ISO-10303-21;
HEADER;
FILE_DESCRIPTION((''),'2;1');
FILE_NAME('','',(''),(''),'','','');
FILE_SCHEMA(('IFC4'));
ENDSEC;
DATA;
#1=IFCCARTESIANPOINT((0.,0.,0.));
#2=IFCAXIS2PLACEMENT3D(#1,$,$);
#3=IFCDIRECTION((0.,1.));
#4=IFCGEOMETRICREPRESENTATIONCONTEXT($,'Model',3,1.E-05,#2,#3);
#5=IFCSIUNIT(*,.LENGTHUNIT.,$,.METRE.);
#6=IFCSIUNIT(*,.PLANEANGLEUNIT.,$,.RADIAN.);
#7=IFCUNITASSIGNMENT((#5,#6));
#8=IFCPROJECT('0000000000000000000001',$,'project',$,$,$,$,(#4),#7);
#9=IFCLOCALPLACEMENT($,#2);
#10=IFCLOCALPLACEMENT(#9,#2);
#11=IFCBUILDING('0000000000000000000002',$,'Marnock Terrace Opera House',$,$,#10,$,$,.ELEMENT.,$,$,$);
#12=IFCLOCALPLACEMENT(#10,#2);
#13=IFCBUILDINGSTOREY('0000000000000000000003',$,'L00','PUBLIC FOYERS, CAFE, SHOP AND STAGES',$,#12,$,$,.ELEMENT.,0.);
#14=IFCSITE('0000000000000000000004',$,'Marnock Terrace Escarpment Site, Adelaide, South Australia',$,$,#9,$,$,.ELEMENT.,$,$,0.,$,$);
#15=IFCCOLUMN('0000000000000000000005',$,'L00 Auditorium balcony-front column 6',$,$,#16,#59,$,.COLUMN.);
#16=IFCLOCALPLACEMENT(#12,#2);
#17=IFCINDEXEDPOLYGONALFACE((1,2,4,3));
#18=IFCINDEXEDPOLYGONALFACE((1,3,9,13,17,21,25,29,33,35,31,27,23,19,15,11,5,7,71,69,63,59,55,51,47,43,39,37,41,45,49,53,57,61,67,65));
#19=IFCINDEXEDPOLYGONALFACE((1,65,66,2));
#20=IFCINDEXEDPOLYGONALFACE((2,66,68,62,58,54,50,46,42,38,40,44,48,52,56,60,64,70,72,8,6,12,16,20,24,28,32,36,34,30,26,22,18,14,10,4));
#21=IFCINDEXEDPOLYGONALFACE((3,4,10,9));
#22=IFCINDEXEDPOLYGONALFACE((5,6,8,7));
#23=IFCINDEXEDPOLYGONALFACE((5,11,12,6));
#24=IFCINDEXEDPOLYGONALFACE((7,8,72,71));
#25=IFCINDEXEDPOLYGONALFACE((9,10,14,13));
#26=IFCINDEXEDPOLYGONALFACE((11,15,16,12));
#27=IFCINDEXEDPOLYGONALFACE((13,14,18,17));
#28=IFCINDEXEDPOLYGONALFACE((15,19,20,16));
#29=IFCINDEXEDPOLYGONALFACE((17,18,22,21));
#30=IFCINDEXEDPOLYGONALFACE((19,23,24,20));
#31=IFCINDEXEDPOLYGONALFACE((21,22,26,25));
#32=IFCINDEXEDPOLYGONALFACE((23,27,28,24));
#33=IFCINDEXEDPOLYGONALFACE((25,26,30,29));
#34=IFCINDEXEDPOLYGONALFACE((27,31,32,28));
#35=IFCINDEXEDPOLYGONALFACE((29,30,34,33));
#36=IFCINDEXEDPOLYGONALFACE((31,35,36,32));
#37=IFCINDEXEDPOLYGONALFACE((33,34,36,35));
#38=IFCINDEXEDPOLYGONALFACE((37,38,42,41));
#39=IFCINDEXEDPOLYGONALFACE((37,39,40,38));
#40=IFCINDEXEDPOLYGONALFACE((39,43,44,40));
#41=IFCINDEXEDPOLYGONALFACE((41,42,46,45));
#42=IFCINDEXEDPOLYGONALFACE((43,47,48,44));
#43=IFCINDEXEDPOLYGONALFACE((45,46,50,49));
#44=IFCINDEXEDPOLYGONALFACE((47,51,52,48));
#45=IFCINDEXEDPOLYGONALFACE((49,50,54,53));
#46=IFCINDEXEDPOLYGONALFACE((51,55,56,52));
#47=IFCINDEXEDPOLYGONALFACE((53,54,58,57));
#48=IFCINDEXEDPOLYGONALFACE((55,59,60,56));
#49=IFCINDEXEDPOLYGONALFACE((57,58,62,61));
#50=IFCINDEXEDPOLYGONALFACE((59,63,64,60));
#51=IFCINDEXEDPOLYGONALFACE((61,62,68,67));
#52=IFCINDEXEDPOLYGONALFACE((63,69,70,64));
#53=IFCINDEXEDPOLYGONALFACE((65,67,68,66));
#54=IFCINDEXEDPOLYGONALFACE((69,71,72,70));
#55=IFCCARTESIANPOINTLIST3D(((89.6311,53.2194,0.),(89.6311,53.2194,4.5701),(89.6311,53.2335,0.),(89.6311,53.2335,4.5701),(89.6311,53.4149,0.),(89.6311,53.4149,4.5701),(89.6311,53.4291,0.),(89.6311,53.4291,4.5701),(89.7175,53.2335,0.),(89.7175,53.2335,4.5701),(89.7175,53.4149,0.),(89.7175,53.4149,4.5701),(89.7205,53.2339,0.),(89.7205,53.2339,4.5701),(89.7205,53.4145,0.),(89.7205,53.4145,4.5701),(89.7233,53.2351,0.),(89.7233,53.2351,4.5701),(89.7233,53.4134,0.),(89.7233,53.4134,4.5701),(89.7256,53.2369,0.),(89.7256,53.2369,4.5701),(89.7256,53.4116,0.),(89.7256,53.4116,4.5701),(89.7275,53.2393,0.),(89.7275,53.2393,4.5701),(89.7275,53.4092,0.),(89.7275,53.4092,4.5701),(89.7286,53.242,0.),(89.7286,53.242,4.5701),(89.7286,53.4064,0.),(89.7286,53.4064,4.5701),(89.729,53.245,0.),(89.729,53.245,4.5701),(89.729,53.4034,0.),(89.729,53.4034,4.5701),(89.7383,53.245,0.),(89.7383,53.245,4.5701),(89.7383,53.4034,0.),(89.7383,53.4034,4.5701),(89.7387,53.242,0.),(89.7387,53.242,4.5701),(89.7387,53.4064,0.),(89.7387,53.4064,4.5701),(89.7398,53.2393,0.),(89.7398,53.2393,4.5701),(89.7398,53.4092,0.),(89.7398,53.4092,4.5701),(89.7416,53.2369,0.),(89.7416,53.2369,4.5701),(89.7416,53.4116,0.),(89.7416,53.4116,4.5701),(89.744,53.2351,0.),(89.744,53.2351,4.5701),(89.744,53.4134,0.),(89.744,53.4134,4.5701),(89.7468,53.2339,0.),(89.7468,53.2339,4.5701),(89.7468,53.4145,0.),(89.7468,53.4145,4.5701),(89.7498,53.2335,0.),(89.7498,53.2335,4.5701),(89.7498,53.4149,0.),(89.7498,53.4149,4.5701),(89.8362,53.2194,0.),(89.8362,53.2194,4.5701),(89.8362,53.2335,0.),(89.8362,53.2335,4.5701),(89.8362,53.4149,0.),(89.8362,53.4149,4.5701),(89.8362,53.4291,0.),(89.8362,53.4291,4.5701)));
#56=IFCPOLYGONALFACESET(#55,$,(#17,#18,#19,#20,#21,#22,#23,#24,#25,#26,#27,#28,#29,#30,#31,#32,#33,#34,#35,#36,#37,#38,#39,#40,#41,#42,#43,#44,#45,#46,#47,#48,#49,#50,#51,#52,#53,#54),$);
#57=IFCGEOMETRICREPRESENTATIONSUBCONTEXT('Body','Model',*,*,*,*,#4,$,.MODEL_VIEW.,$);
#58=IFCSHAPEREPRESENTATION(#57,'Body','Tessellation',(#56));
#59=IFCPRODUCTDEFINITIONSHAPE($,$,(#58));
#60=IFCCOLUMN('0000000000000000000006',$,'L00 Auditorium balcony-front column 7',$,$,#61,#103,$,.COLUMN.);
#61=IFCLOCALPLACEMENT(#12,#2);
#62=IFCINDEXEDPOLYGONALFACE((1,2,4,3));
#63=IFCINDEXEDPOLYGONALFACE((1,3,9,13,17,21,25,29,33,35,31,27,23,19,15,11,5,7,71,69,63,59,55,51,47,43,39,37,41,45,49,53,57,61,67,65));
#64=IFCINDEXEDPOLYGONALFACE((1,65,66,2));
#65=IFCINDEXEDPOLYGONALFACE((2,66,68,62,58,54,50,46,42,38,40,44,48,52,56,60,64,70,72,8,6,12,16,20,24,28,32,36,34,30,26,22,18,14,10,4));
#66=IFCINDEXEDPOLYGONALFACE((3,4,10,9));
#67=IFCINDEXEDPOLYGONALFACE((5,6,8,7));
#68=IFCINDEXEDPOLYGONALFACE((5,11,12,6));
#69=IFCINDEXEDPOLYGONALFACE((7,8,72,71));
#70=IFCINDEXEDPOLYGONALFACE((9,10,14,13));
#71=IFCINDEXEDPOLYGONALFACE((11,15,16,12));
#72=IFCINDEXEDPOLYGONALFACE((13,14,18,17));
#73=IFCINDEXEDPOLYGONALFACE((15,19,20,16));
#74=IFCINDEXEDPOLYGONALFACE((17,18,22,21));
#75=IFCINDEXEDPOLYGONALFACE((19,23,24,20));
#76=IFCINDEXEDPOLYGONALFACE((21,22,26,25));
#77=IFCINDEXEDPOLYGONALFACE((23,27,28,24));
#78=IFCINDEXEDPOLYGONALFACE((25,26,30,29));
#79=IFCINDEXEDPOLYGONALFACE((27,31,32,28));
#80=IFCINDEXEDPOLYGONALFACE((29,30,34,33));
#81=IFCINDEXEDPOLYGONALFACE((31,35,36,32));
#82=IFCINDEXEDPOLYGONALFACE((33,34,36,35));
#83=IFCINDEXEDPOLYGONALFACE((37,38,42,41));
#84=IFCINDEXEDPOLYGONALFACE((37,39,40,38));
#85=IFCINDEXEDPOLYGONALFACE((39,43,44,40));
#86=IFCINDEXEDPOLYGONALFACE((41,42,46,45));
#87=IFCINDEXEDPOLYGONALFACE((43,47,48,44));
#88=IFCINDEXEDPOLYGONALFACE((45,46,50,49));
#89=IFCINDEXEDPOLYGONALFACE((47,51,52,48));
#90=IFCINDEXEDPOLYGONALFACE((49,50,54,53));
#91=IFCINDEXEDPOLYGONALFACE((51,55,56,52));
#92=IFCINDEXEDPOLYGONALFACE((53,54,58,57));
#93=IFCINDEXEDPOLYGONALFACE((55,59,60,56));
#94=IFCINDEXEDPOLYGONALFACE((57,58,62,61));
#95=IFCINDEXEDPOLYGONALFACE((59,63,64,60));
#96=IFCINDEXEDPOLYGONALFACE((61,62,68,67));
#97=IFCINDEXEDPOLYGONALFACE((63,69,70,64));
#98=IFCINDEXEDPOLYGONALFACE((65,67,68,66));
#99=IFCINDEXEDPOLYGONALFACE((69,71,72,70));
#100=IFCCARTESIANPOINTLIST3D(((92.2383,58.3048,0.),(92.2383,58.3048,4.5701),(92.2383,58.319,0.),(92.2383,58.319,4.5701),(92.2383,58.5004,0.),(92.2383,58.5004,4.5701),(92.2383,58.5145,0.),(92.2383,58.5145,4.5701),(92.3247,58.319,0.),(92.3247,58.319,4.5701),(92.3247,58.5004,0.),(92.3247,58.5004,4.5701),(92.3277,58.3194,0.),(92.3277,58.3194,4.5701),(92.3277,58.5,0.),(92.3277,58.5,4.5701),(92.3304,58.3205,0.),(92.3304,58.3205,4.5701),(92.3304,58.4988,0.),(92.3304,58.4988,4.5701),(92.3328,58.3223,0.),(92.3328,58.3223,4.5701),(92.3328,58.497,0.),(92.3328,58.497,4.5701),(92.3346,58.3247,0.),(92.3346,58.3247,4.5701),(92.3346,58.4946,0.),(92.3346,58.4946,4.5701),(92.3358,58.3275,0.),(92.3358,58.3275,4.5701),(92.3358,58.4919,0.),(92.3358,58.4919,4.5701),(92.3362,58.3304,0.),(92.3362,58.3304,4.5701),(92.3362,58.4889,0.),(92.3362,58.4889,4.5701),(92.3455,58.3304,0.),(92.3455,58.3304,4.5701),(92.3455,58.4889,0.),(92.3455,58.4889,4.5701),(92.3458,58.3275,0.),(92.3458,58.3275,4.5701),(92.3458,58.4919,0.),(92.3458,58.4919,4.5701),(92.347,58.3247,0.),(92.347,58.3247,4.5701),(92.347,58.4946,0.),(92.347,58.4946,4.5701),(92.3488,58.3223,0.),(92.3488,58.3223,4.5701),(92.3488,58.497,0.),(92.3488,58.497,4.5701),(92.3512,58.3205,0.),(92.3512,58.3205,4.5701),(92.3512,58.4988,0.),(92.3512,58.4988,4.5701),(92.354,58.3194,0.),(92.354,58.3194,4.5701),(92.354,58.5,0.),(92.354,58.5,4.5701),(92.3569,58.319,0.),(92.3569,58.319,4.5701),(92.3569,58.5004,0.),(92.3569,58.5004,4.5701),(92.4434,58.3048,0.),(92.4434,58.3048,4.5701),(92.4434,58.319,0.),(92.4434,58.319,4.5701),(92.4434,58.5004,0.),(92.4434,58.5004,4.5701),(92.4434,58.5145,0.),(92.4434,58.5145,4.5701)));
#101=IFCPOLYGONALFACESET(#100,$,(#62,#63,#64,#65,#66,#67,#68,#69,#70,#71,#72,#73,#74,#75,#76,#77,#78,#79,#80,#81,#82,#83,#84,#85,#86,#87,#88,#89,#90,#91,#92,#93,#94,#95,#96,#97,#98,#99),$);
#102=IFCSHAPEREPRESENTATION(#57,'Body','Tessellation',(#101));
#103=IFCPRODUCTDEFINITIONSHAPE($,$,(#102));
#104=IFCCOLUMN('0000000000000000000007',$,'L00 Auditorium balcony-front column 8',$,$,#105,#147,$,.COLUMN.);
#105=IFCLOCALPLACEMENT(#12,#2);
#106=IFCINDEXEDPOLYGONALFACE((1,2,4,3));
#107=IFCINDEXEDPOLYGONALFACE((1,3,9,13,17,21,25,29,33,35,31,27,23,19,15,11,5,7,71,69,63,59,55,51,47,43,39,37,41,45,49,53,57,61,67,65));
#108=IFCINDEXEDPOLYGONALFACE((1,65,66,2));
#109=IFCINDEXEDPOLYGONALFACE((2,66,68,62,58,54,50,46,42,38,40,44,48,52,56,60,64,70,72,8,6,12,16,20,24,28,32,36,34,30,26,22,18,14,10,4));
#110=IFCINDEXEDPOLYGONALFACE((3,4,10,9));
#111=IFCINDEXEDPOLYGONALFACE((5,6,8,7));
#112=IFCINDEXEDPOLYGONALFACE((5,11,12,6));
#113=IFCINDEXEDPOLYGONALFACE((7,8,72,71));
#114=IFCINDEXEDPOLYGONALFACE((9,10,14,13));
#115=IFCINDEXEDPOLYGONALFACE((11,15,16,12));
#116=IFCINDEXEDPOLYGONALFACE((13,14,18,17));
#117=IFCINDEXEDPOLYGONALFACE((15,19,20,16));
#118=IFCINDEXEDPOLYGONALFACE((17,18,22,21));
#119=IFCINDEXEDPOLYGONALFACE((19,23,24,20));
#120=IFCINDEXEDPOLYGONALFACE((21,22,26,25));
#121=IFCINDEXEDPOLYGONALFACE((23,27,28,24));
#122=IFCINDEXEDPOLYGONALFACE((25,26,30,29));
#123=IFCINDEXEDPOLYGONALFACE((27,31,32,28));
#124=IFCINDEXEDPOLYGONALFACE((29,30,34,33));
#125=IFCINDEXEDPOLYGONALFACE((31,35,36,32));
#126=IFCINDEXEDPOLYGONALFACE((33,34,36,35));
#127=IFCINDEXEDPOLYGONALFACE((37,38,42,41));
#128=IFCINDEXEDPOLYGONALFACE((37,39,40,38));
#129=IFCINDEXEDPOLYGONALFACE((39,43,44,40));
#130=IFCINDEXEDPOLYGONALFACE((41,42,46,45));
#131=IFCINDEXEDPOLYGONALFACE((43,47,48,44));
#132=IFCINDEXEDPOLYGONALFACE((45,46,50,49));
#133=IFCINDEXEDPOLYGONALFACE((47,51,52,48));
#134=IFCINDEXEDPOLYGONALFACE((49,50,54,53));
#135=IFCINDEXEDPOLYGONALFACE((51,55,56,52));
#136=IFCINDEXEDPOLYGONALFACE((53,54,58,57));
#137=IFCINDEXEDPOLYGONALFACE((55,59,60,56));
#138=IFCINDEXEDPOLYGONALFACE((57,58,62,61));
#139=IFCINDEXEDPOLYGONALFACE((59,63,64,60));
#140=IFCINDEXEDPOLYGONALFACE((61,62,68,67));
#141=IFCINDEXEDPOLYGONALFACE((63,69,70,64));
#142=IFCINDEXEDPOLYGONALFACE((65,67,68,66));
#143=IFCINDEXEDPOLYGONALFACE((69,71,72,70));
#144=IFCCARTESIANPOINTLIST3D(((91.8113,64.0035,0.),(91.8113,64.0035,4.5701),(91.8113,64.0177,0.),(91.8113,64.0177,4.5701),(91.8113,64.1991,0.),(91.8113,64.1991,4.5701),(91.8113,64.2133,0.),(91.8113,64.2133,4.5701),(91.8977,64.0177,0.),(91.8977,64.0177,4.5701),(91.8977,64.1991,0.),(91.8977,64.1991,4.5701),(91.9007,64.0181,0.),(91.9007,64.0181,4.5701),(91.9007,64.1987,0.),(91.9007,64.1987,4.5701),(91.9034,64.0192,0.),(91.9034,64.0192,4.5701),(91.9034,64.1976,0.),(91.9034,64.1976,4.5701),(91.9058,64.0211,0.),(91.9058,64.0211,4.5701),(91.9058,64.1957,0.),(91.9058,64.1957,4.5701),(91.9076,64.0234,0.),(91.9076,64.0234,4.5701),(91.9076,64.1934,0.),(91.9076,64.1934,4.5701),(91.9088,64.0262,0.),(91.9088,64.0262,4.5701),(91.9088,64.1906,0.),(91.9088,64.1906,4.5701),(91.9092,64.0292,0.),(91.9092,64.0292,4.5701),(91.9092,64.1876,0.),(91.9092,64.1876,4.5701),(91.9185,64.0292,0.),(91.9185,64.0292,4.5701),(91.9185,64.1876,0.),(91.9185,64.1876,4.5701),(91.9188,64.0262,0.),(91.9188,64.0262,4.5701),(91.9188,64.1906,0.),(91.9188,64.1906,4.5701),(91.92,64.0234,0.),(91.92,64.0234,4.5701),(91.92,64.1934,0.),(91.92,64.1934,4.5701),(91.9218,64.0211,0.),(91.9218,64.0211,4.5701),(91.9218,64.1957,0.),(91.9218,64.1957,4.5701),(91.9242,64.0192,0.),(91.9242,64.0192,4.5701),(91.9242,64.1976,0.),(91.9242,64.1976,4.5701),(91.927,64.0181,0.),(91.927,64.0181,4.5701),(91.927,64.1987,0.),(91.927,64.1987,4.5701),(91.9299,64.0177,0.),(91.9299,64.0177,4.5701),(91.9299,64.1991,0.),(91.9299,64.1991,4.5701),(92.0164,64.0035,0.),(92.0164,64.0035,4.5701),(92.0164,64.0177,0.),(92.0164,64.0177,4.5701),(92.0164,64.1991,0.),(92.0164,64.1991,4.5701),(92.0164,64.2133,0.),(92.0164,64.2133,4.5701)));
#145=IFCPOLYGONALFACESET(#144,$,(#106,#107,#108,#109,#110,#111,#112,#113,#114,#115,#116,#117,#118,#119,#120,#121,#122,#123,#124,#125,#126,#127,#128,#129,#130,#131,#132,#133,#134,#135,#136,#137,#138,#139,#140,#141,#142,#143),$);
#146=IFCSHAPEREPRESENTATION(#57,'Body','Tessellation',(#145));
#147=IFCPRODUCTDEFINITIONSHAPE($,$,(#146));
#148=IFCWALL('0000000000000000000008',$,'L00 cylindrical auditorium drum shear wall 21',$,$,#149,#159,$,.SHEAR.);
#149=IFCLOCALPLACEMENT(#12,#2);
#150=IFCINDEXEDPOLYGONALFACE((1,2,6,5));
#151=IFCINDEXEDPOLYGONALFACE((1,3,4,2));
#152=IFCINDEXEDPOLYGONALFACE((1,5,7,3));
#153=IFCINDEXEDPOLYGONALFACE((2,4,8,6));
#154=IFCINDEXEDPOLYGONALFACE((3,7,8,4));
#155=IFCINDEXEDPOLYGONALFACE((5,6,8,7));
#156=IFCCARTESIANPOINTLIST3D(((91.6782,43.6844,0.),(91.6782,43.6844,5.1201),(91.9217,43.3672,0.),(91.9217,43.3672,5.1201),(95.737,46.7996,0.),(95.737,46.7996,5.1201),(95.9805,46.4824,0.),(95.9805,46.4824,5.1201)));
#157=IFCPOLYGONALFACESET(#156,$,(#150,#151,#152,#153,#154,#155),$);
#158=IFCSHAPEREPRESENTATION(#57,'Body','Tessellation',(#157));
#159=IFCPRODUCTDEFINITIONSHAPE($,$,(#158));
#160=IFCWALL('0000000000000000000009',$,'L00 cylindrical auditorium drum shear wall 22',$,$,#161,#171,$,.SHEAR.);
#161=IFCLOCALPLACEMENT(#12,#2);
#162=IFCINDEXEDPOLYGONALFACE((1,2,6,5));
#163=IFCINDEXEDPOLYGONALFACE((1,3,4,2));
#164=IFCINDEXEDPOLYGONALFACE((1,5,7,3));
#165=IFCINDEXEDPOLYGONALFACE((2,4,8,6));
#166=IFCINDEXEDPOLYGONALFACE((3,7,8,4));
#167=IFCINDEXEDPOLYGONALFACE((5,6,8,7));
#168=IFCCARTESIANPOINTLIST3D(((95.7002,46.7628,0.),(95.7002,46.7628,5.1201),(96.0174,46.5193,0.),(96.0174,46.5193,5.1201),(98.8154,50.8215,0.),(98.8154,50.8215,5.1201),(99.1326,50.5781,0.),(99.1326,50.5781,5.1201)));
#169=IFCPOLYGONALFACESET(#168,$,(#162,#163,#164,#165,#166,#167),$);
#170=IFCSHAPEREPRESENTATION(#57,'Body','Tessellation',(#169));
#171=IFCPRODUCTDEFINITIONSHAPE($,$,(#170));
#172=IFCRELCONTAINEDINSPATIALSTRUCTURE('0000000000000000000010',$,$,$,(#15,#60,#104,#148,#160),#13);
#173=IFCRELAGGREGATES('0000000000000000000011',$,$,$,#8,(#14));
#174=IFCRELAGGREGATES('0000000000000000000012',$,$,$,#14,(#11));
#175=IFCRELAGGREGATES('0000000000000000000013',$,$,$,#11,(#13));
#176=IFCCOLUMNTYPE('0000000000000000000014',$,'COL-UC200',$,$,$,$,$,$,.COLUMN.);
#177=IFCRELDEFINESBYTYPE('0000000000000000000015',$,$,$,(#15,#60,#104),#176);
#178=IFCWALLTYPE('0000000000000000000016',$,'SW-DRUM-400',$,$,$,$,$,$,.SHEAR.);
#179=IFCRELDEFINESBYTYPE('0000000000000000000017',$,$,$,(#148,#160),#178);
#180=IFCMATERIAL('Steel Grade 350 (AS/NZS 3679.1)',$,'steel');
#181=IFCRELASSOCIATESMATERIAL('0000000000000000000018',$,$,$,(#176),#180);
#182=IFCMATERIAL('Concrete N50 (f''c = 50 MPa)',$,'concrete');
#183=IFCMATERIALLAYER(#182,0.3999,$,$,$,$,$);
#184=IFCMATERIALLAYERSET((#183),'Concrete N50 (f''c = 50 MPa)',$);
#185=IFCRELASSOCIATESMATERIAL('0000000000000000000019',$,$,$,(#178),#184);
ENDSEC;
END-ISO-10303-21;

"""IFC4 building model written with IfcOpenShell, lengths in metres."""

from ifc_helpers import new_model, si_unit, direction, frame, frame_2d, origin, origin_2d, place, context, subcontext, project, spatial, rectangle, i_section, extrude, material, layer, layer_set, material_profile, profile_set, type_object, element, save


model = new_model("IFC4")

# Units and contexts
model_context = context("Model", 3, precision=1e-05, world=origin(), true_north=direction((0.0, 1.0)))
body_context = subcontext(model_context, "Body", "Model", "MODEL_VIEW")
ifc_project = project(units=[si_unit("LENGTHUNIT", "METRE"), si_unit("PLANEANGLEUNIT", "RADIAN")], contexts=[model_context])

# Site, building, storey
site_placement = place(None, origin())
site = spatial("IfcSite", under=ifc_project, at=site_placement, Name="Marnock Terrace Escarpment Site, Adelaide, South Australia", CompositionType="ELEMENT", RefElevation=0.0)
building_placement = place(site_placement, origin())
building = spatial("IfcBuilding", under=site, at=building_placement, Name="Marnock Terrace Opera House", CompositionType="ELEMENT")
storey_placement = place(building_placement, origin())
storey = spatial("IfcBuildingStorey", under=building, at=storey_placement, Name="L00", Description="PUBLIC FOYERS, CAFE, SHOP AND STAGES", CompositionType="ELEMENT", Elevation=0.0)

# Columns
ifc_material_1 = material(Name="Concrete N50 (f'c = 50 MPa)", Category="concrete")
ifc_material_2 = material(Name="Steel Grade 350 (AS/NZS 3679.1)", Category="steel")
ifc_material_profile_1 = material_profile(ifc_material_2, i_section(OverallWidth=0.2051, OverallDepth=0.2097, WebThickness=0.0093, FlangeThickness=0.0142, FilletRadius=0.0115, at=origin_2d()))
ifc_profile_set_1 = profile_set([ifc_material_profile_1], Name="Steel Grade 350 (AS/NZS 3679.1)")
column_type_1 = type_object("IfcColumnType", Name="COL-UC200", PredefinedType="COLUMN", material=ifc_profile_set_1)
for number, where, z_axis, x_axis, name in (
    (1, (89.7336, 53.3242, 0.0), (0.0, 0.0, 1.0), (1.0, 0.0, 0.0), "L00 Auditorium balcony-front column 6"),
    (2, (92.3408, 58.4097, 0.0), (0.0, 0.0, 1.0), (1.0, 0.0, 0.0), "L00 Auditorium balcony-front column 7"),
    (3, (91.9138, 64.1084, 0.0), (0.0, 0.0, 1.0), (1.0, 0.0, 0.0), "L00 Auditorium balcony-front column 8"),
):
    element("IfcColumn", number, at=place(storey_placement, frame(where, z_axis=z_axis, x_axis=x_axis)), inside=storey, type_object=column_type_1, Name=name, PredefinedType="COLUMN", context=body_context, shape_type="SweptSolid", body=[
        extrude(i_section(OverallWidth=0.2051, OverallDepth=0.2097, WebThickness=0.0093, FlangeThickness=0.0142, FilletRadius=0.0115, at=origin_2d()), origin(), (0.0, 0.0, 1.0), 4.5701),
    ])

# Walls
ifc_layer = layer(ifc_material_1, 0.3999)
ifc_layer_set = layer_set([ifc_layer], Name="Concrete N50 (f'c = 50 MPa)")
wall_type = type_object("IfcWallType", Name="SW-DRUM-400", PredefinedType="SHEAR", material=ifc_layer_set)
for number, where, z_axis, x_axis, name in (
    (4, (91.8, 43.5259, 0.0), (0.0, 0.0, 1.0), (0.79328, 0.608857, 0.0), "L00 cylindrical auditorium drum shear wall 21"),
    (5, (95.8589, 46.6411, 0.0), (0.0, 0.0, 1.0), (0.608857, 0.79328, 0.0), "L00 cylindrical auditorium drum shear wall 22"),
):
    element("IfcWall", number, at=place(storey_placement, frame(where, z_axis=z_axis, x_axis=x_axis)), inside=storey, type_object=wall_type, Name=name, PredefinedType="SHEAR", context=body_context, shape_type="SweptSolid", body=[
        extrude(rectangle(XDim=5.1165, YDim=0.3999, at=frame_2d((2.5581, 0.0))), origin(), (0.0, 0.0, 1.0), 5.1201),
    ])

save(model, "model.ifc")
